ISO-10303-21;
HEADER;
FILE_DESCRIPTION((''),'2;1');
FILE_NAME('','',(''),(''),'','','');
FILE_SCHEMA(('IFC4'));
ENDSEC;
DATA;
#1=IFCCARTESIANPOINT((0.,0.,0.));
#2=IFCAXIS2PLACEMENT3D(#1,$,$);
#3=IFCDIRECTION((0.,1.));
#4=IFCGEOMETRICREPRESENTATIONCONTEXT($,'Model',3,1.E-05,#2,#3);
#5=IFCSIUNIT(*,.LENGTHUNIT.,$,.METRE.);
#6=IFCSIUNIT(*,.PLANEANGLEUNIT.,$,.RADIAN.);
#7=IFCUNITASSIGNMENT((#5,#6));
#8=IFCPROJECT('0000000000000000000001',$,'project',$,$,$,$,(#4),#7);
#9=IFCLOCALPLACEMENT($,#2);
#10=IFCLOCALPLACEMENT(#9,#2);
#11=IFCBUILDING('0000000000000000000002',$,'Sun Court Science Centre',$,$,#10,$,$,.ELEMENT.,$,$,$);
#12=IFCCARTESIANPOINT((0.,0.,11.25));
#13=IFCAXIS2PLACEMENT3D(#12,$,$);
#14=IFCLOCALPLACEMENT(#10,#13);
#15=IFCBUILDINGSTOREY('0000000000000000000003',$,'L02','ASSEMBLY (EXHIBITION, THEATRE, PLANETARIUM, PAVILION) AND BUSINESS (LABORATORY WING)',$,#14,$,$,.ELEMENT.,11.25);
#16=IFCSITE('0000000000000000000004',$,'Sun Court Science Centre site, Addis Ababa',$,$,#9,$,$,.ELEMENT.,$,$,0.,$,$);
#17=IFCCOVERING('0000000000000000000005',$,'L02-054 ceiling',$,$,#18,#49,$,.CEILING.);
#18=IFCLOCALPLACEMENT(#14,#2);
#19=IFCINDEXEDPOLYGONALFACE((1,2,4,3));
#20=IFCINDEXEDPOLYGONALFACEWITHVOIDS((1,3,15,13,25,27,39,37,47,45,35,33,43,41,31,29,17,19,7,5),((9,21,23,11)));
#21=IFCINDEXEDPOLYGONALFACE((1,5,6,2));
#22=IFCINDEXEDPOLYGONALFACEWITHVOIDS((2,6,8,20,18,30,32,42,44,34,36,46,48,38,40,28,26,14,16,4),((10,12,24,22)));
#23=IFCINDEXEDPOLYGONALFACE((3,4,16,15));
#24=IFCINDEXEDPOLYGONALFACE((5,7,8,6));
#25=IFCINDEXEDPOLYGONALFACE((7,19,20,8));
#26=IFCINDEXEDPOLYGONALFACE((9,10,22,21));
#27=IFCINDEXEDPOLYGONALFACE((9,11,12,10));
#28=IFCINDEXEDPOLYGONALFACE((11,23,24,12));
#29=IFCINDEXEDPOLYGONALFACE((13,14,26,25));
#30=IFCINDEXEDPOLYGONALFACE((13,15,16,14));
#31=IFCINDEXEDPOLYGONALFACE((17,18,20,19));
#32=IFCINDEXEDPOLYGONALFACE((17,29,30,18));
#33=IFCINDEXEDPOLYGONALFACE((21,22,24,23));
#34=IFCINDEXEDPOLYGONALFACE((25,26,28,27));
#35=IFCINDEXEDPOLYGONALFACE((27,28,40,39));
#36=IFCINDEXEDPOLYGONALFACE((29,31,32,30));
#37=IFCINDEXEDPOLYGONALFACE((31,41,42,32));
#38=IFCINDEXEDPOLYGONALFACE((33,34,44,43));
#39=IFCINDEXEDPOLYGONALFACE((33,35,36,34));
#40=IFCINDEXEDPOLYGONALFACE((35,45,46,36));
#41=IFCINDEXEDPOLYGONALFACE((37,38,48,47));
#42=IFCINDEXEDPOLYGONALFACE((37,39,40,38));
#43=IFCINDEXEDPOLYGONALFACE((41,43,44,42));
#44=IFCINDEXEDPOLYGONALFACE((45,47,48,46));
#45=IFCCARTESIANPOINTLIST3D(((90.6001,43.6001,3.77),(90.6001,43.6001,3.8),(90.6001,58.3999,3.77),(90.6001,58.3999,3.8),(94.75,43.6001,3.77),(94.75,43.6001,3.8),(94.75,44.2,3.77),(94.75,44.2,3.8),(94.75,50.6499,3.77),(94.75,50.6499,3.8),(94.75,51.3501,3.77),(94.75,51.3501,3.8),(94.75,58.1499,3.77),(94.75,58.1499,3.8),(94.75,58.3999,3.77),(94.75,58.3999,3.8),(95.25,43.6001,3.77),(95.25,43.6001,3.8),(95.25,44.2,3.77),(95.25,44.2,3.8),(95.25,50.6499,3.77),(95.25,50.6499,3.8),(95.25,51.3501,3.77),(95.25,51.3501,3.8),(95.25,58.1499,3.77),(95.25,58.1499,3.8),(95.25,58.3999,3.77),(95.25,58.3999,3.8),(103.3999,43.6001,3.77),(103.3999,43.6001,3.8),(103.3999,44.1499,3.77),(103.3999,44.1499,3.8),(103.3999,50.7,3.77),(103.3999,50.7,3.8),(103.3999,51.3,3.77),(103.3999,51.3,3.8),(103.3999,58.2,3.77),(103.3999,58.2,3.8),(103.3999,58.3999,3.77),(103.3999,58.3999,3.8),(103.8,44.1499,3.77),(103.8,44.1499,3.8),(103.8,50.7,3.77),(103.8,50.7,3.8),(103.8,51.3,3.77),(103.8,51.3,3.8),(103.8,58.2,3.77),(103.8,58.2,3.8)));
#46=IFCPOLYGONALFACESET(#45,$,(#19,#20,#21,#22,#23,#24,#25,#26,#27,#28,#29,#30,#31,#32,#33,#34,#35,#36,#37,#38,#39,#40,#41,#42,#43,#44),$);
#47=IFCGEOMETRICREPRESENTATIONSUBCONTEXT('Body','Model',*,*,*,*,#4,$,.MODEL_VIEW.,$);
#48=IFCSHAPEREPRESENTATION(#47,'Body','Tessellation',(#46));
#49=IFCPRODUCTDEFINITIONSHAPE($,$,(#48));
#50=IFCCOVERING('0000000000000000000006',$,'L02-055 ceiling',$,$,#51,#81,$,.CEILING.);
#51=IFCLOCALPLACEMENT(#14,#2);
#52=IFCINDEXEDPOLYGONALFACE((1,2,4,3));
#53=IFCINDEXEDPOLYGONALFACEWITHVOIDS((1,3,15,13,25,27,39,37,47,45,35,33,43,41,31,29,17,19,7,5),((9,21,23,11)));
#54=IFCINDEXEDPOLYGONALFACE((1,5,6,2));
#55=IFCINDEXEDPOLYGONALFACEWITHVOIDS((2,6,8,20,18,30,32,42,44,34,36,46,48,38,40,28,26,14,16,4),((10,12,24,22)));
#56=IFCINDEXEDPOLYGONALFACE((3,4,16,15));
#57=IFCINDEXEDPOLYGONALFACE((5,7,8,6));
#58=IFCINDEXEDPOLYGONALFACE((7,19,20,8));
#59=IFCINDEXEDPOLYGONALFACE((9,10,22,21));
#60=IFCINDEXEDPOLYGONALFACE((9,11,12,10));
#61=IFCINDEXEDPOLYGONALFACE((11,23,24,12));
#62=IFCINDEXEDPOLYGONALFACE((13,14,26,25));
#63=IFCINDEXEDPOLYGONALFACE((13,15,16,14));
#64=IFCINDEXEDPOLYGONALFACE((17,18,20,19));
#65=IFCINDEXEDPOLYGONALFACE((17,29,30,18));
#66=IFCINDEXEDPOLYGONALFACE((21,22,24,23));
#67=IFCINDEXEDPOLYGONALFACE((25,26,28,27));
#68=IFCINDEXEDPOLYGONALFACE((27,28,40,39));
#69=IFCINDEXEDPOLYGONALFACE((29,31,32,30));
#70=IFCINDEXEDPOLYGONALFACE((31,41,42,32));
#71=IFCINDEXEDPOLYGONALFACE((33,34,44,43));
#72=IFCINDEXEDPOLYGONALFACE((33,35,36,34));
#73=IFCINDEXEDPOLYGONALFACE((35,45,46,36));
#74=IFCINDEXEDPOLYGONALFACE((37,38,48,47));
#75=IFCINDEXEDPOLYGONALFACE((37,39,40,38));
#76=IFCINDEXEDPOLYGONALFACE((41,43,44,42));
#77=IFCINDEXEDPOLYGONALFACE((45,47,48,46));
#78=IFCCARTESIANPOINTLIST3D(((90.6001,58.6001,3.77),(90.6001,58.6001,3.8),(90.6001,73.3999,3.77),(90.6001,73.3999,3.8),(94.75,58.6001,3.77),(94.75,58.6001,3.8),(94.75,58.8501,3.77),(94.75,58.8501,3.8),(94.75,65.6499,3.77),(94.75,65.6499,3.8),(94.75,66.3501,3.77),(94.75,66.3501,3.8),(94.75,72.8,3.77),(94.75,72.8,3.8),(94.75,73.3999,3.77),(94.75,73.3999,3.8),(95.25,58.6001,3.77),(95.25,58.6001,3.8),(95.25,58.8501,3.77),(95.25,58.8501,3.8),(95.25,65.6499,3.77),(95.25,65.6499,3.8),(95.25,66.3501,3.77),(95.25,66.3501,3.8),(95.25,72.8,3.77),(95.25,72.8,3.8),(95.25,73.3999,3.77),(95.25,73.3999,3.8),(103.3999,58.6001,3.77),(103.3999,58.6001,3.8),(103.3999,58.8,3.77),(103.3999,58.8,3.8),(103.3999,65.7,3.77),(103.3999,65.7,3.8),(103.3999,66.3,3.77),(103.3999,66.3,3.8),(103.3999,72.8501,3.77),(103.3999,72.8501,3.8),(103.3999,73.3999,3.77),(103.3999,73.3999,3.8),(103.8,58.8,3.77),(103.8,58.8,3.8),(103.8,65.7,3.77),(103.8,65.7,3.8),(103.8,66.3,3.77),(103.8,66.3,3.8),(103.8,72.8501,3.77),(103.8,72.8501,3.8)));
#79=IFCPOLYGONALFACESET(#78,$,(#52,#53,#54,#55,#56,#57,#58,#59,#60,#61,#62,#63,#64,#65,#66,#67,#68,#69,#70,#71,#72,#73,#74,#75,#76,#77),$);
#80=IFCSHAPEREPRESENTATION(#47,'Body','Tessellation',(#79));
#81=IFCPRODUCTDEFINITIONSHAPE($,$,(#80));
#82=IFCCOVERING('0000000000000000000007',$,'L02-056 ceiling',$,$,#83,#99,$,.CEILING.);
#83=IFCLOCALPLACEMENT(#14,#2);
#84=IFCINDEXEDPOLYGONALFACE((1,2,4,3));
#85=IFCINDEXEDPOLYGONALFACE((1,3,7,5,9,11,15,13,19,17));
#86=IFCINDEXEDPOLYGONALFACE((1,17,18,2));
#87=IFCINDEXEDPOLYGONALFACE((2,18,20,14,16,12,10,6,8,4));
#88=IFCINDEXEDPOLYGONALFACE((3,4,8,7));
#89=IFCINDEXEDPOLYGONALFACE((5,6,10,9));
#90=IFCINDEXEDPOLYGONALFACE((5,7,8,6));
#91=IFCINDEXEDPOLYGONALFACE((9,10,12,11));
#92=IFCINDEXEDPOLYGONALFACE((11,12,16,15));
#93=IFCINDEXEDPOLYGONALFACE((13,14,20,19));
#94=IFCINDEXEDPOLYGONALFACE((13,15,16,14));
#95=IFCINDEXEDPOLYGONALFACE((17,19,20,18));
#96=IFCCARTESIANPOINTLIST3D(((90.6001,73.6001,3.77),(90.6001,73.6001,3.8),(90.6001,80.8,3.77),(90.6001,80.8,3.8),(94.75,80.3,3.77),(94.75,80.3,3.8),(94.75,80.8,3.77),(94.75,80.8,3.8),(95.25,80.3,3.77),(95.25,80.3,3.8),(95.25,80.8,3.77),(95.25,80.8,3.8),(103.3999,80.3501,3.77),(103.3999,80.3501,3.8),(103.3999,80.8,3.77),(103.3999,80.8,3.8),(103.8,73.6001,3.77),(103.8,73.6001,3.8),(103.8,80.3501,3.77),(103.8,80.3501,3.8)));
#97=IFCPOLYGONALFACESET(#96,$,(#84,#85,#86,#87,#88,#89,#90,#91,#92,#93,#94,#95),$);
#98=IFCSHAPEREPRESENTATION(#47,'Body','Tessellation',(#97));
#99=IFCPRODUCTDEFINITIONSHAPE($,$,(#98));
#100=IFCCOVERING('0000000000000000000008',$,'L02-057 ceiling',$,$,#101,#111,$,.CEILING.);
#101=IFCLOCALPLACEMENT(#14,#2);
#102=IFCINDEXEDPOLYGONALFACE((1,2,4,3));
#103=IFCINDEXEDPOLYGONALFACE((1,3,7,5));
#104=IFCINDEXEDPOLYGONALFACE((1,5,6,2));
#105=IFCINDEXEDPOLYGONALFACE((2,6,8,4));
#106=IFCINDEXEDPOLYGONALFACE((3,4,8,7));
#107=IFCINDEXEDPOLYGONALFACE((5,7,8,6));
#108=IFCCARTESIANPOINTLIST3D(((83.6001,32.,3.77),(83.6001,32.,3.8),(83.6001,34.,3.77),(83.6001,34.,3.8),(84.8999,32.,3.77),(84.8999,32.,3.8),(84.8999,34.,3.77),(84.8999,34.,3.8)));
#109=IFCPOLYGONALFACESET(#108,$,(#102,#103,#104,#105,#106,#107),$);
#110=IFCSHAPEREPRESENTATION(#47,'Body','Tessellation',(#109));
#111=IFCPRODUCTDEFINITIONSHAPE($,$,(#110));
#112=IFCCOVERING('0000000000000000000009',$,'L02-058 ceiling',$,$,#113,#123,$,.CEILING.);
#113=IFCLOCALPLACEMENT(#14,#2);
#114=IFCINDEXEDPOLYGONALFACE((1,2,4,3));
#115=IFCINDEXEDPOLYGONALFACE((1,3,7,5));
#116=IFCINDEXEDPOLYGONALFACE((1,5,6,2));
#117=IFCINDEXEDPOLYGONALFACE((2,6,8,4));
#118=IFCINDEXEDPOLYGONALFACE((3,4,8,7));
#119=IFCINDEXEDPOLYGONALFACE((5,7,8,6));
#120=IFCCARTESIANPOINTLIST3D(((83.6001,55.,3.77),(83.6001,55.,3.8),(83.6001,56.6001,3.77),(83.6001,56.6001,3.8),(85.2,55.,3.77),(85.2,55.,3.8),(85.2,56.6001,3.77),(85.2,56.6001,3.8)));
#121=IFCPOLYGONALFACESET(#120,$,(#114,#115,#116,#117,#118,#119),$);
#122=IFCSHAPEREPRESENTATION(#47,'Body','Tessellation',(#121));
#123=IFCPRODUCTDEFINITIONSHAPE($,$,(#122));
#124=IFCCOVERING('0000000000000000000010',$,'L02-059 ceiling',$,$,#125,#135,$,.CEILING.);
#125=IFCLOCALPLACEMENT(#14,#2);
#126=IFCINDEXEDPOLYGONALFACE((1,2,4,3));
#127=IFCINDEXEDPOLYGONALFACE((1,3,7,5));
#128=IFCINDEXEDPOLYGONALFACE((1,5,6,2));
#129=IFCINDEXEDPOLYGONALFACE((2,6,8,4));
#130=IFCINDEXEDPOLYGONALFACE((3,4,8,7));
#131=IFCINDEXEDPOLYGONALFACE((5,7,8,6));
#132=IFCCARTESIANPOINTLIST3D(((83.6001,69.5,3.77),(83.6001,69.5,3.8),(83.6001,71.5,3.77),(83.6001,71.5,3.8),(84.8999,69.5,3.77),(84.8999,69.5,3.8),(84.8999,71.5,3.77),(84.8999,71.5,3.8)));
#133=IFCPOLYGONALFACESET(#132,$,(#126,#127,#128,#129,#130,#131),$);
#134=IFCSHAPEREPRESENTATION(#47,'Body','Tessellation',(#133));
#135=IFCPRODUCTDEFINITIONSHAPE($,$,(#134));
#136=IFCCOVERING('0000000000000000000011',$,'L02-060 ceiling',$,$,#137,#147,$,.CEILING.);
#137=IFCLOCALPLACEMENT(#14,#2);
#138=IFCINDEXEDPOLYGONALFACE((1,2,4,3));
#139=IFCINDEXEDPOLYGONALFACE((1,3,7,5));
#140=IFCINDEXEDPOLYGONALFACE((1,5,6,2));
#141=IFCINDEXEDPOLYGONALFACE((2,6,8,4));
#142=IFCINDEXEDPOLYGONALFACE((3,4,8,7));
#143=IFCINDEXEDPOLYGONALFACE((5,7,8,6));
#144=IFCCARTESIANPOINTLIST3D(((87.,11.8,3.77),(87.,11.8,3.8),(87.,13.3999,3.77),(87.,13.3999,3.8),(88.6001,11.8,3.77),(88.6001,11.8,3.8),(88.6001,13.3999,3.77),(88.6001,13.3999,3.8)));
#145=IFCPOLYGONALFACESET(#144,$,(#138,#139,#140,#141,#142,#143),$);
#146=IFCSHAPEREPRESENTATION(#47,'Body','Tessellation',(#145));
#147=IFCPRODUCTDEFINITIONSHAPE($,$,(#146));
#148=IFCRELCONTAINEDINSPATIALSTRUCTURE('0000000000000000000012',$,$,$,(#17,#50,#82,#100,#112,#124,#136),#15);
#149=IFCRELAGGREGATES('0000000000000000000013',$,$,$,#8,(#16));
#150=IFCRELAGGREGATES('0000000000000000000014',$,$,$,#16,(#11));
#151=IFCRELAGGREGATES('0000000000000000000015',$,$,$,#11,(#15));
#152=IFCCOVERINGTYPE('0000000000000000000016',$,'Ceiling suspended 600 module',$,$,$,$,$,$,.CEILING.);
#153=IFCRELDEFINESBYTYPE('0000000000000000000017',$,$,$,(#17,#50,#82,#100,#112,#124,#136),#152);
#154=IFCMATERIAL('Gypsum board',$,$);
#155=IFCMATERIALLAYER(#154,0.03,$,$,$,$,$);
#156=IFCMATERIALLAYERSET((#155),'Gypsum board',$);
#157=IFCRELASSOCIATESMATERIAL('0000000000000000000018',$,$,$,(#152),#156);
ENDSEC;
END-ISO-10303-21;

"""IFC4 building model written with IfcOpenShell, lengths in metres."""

from ifc_helpers import new_model, si_unit, direction, frame, origin, place, context, subcontext, project, spatial, polyline, outline, extrude, material, layer, layer_set, type_object, element, save


model = new_model("IFC4")

# Units and contexts
model_context = context("Model", 3, precision=1e-05, world=origin(), true_north=direction((0.0, 1.0)))
body_context = subcontext(model_context, "Body", "Model", "MODEL_VIEW")
ifc_project = project(units=[si_unit("LENGTHUNIT", "METRE"), si_unit("PLANEANGLEUNIT", "RADIAN")], contexts=[model_context])

# Site, building, storey
site_placement = place(None, origin())
site = spatial("IfcSite", under=ifc_project, at=site_placement, Name="Sun Court Science Centre site, Addis Ababa", CompositionType="ELEMENT", RefElevation=0.0)
building_placement = place(site_placement, origin())
building = spatial("IfcBuilding", under=site, at=building_placement, Name="Sun Court Science Centre", CompositionType="ELEMENT")
storey_placement = place(building_placement, frame((0.0, 0.0, 11.25)))
storey = spatial("IfcBuildingStorey", under=building, at=storey_placement, Name="L02", Description="ASSEMBLY (EXHIBITION, THEATRE, PLANETARIUM, PAVILION) AND BUSINESS (LABORATORY WING)", CompositionType="ELEMENT", Elevation=11.25)

# Coverings
ifc_material_1 = material(Name="Gypsum board")
ifc_layer_1 = layer(ifc_material_1, 0.03)
ifc_layer_set_1 = layer_set([ifc_layer_1], Name="Gypsum board")
covering_type_1 = type_object("IfcCoveringType", Name="Ceiling suspended 600 module", PredefinedType="CEILING", material=ifc_layer_set_1)
covering_1_placement = place(storey_placement, frame((0.0, 0.0, 3.77)))
element("IfcCovering", 1, at=covering_1_placement, inside=storey, type_object=covering_type_1, Name="L02-054 ceiling", PredefinedType="CEILING", context=body_context, shape_type="SweptSolid", body=[
    extrude(outline(polyline([(95.25, 43.6001), (95.25, 44.2), (94.75, 44.2), (94.75, 43.6001), (90.6001, 43.6001), (90.6001, 58.3999), (94.75, 58.3999), (94.75, 58.1499), (95.25, 58.1499), (95.25, 58.3999), (103.3999, 58.3999), (103.3999, 58.2), (103.8, 58.2), (103.8, 51.3), (103.3999, 51.3), (103.3999, 50.7), (103.8, 50.7), (103.8, 44.1499), (103.3999, 44.1499), (103.3999, 43.6001), (95.25, 43.6001)]), holes=[polyline([(94.75, 50.6499), (95.25, 50.6499), (95.25, 51.3501), (94.75, 51.3501), (94.75, 50.6499)])]), origin(), (0.0, 0.0, 1.0), 0.03),
])
covering_2_placement = place(storey_placement, frame((0.0, 0.0, 3.77)))
element("IfcCovering", 2, at=covering_2_placement, inside=storey, type_object=covering_type_1, Name="L02-055 ceiling", PredefinedType="CEILING", context=body_context, shape_type="SweptSolid", body=[
    extrude(outline(polyline([(95.25, 58.6001), (95.25, 58.8501), (94.75, 58.8501), (94.75, 58.6001), (90.6001, 58.6001), (90.6001, 73.3999), (94.75, 73.3999), (94.75, 72.8), (95.25, 72.8), (95.25, 73.3999), (103.3999, 73.3999), (103.3999, 72.8501), (103.8, 72.8501), (103.8, 66.3), (103.3999, 66.3), (103.3999, 65.7), (103.8, 65.7), (103.8, 58.8), (103.3999, 58.8), (103.3999, 58.6001), (95.25, 58.6001)]), holes=[polyline([(94.75, 65.6499), (95.25, 65.6499), (95.25, 66.3501), (94.75, 66.3501), (94.75, 65.6499)])]), origin(), (0.0, 0.0, 1.0), 0.03),
])
covering_3_placement = place(storey_placement, frame((0.0, 0.0, 3.77)))
element("IfcCovering", 3, at=covering_3_placement, inside=storey, type_object=covering_type_1, Name="L02-056 ceiling", PredefinedType="CEILING", context=body_context, shape_type="SweptSolid", body=[
    extrude(outline(polyline([(103.8, 80.3501), (103.8, 73.6001), (90.6001, 73.6001), (90.6001, 80.8), (94.75, 80.8), (94.75, 80.3), (95.25, 80.3), (95.25, 80.8), (103.3999, 80.8), (103.3999, 80.3501), (103.8, 80.3501)])), origin(), (0.0, 0.0, 1.0), 0.03),
])
covering_4_placement = place(storey_placement, frame((0.0, 0.0, 3.77)))
element("IfcCovering", 4, at=covering_4_placement, inside=storey, type_object=covering_type_1, Name="L02-057 ceiling", PredefinedType="CEILING", context=body_context, shape_type="SweptSolid", body=[
    extrude(outline(polyline([(84.8999, 34.0), (84.8999, 32.0), (83.6001, 32.0), (83.6001, 34.0), (84.8999, 34.0)])), origin(), (0.0, 0.0, 1.0), 0.03),
])
covering_5_placement = place(storey_placement, frame((0.0, 0.0, 3.77)))
element("IfcCovering", 5, at=covering_5_placement, inside=storey, type_object=covering_type_1, Name="L02-058 ceiling", PredefinedType="CEILING", context=body_context, shape_type="SweptSolid", body=[
    extrude(outline(polyline([(85.2, 56.6001), (85.2, 55.0), (83.6001, 55.0), (83.6001, 56.6001), (85.2, 56.6001)])), origin(), (0.0, 0.0, 1.0), 0.03),
])
covering_6_placement = place(storey_placement, frame((0.0, 0.0, 3.77)))
element("IfcCovering", 6, at=covering_6_placement, inside=storey, type_object=covering_type_1, Name="L02-059 ceiling", PredefinedType="CEILING", context=body_context, shape_type="SweptSolid", body=[
    extrude(outline(polyline([(84.8999, 71.5), (84.8999, 69.5), (83.6001, 69.5), (83.6001, 71.5), (84.8999, 71.5)])), origin(), (0.0, 0.0, 1.0), 0.03),
])
covering_7_placement = place(storey_placement, frame((0.0, 0.0, 3.77)))
element("IfcCovering", 7, at=covering_7_placement, inside=storey, type_object=covering_type_1, Name="L02-060 ceiling", PredefinedType="CEILING", context=body_context, shape_type="SweptSolid", body=[
    extrude(outline(polyline([(88.6001, 13.3999), (88.6001, 11.8), (87.0, 11.8), (87.0, 13.3999), (88.6001, 13.3999)])), origin(), (0.0, 0.0, 1.0), 0.03),
])

save(model, "model.ifc")
